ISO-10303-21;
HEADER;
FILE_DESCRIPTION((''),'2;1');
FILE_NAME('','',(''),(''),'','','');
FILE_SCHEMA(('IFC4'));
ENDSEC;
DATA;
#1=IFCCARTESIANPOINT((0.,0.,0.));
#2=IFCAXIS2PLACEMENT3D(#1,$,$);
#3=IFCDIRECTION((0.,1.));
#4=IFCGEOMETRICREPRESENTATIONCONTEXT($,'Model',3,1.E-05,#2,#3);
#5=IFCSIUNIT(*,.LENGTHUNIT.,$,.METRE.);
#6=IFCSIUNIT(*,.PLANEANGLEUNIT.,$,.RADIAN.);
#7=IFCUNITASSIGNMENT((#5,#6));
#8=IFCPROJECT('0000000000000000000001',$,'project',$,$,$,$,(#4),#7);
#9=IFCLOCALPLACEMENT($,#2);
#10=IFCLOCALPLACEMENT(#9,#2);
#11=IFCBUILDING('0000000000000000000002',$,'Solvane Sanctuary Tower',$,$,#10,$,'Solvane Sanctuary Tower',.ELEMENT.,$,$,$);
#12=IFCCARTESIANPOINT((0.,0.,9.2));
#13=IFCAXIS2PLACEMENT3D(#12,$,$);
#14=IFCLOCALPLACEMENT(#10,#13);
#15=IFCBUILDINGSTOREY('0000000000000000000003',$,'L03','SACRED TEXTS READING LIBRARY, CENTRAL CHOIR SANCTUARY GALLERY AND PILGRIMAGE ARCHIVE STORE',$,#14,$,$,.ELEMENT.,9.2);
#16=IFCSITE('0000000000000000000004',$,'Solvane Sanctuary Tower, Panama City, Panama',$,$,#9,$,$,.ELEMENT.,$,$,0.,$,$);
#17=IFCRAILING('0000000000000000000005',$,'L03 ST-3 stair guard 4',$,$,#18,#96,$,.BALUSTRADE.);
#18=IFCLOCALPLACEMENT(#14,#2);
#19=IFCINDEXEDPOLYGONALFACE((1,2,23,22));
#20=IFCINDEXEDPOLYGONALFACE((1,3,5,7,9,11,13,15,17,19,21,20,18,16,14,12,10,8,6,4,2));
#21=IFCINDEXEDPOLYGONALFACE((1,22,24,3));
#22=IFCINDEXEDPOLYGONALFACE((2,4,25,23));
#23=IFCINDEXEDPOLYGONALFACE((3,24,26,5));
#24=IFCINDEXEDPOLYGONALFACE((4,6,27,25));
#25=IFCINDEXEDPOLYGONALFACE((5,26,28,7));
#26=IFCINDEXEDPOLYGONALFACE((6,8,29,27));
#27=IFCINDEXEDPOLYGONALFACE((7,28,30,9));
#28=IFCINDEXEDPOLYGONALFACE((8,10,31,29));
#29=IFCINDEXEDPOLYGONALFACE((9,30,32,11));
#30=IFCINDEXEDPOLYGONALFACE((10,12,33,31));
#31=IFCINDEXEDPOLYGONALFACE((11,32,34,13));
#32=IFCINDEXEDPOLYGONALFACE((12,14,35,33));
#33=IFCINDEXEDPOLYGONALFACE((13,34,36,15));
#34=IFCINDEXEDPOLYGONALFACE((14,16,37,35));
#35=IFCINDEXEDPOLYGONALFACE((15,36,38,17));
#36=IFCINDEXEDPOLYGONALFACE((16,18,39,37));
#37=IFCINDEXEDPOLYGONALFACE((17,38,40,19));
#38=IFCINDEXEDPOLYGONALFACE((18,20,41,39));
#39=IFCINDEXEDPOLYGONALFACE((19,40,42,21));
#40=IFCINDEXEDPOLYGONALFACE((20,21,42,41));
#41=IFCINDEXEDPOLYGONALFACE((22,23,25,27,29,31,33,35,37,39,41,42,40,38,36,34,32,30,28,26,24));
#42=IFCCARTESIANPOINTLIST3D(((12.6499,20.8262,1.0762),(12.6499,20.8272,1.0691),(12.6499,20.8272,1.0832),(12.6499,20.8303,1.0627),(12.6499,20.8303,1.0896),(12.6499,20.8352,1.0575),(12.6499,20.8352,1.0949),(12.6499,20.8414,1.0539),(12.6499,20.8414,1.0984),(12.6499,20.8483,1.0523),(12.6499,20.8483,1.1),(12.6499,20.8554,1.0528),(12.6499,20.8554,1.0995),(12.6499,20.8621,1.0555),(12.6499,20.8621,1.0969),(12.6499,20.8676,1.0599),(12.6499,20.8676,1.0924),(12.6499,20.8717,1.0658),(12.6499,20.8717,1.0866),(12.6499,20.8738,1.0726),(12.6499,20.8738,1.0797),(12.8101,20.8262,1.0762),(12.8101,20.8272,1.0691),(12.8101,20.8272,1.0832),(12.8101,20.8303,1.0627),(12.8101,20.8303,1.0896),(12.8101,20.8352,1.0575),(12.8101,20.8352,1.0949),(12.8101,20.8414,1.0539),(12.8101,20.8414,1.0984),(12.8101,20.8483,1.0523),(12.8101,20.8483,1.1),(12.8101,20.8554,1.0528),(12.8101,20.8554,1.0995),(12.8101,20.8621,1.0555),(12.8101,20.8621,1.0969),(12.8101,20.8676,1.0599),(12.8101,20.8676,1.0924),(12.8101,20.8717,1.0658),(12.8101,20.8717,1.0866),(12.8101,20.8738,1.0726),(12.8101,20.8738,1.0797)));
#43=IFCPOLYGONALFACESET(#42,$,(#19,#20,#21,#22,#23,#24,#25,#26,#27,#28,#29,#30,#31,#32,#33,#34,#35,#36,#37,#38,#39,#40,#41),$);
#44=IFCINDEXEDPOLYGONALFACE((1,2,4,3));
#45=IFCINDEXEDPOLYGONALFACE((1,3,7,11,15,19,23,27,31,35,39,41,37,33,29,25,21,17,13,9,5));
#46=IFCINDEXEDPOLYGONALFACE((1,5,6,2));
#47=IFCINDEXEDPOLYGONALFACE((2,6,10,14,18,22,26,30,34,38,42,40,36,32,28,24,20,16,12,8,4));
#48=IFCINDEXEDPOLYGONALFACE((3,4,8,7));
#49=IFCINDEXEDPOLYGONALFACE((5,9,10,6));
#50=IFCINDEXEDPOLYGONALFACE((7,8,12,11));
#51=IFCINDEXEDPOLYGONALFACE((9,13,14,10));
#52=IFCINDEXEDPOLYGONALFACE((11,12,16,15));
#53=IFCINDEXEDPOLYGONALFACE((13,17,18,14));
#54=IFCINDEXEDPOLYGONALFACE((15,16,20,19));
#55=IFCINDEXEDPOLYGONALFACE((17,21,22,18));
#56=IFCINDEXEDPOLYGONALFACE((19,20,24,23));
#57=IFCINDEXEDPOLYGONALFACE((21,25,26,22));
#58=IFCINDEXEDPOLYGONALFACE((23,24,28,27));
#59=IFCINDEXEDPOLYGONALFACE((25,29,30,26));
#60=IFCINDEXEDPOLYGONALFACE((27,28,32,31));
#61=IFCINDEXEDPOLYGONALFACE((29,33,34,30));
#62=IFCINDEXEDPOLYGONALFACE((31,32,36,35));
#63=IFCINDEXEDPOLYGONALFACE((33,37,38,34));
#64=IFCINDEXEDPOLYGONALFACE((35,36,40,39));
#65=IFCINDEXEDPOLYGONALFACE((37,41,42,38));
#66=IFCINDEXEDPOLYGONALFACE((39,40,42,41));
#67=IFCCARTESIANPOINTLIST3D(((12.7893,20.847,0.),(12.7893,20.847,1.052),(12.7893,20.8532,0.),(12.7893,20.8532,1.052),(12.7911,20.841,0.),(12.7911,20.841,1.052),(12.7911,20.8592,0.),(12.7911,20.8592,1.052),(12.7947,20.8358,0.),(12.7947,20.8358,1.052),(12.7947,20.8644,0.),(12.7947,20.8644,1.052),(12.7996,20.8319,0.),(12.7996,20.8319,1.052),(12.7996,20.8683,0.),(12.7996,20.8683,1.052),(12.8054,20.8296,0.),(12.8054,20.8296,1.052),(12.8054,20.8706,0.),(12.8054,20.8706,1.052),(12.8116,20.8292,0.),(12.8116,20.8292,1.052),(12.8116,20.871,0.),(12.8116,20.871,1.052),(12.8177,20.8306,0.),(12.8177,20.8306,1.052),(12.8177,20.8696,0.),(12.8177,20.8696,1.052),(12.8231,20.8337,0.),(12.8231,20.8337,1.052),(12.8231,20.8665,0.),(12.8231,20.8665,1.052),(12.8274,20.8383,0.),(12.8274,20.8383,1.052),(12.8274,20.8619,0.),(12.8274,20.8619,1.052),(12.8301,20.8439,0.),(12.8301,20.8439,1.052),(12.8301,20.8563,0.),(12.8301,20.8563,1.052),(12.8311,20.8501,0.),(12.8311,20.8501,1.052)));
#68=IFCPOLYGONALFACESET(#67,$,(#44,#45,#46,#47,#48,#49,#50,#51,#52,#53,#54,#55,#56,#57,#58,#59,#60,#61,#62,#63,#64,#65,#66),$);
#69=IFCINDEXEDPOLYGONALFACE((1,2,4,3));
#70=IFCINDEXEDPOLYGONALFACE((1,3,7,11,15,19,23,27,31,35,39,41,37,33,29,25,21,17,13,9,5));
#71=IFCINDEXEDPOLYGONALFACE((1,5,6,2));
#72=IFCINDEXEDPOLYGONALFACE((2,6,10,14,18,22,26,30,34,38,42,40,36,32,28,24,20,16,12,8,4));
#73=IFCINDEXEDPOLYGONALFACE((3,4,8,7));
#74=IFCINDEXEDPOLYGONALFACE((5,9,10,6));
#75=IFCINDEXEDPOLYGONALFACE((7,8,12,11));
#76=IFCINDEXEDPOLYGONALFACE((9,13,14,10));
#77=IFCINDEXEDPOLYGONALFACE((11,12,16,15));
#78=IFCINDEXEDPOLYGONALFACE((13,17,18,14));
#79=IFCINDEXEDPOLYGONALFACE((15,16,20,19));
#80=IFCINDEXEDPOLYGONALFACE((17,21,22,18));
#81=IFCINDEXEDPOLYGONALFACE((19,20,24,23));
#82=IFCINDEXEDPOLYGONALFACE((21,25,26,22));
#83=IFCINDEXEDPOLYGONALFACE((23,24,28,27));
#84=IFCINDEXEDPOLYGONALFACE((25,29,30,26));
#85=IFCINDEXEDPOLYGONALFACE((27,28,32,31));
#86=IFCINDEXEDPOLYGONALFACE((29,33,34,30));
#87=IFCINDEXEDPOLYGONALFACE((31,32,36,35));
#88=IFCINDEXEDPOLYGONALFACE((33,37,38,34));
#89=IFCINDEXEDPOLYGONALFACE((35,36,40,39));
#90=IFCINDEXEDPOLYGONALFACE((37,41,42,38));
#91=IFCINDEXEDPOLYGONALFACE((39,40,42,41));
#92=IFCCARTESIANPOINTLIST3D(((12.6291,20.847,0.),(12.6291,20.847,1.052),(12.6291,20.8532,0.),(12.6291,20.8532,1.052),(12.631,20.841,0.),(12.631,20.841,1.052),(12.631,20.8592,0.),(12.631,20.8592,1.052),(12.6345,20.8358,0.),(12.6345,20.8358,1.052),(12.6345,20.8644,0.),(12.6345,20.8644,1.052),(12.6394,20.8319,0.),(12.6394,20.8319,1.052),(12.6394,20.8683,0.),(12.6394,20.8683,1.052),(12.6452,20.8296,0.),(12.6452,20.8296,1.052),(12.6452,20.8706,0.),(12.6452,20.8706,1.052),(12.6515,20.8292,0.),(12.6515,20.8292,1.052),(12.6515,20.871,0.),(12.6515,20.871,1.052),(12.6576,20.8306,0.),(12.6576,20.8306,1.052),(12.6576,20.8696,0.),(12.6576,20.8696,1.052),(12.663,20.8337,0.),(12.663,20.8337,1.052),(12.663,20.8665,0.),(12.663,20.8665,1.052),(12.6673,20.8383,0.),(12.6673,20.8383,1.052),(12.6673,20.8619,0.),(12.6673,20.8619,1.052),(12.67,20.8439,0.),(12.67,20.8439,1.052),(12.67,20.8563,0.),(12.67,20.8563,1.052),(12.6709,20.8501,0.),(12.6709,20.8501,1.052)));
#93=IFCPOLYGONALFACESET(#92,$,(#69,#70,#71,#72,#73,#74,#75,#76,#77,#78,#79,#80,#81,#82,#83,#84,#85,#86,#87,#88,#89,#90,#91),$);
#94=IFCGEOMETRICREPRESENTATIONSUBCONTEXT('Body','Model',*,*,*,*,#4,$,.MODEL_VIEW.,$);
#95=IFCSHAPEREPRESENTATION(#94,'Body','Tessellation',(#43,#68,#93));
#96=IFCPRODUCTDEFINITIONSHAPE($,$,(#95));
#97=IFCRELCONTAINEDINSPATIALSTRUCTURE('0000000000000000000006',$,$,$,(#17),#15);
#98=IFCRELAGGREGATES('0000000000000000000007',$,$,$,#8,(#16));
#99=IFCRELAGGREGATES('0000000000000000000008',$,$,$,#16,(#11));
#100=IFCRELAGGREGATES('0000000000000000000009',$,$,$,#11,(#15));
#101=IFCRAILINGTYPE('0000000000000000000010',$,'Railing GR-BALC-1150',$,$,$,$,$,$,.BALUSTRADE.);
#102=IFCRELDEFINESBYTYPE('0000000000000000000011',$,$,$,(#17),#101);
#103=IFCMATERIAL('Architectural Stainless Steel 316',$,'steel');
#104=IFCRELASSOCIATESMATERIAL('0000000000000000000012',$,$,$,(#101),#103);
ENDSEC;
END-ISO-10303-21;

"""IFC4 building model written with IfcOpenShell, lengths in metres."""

from ifc_helpers import new_model, si_unit, direction, frame, origin, origin_2d, place, context, subcontext, project, spatial, circle, extrude, material, type_object, element, save


model = new_model("IFC4")

# Units and contexts
model_context = context("Model", 3, precision=1e-05, world=origin(), true_north=direction((0.0, 1.0)))
body_context = subcontext(model_context, "Body", "Model", "MODEL_VIEW")
ifc_project = project(units=[si_unit("LENGTHUNIT", "METRE"), si_unit("PLANEANGLEUNIT", "RADIAN")], contexts=[model_context])

# Site, building, storey
site_placement = place(None, origin())
site = spatial("IfcSite", under=ifc_project, at=site_placement, Name="Solvane Sanctuary Tower, Panama City, Panama", CompositionType="ELEMENT", RefElevation=0.0)
building_placement = place(site_placement, origin())
building = spatial("IfcBuilding", under=site, at=building_placement, Name="Solvane Sanctuary Tower", LongName="Solvane Sanctuary Tower", CompositionType="ELEMENT")
storey_placement = place(building_placement, frame((0.0, 0.0, 9.2)))
storey = spatial("IfcBuildingStorey", under=building, at=storey_placement, Name="L03", Description="SACRED TEXTS READING LIBRARY, CENTRAL CHOIR SANCTUARY GALLERY AND PILGRIMAGE ARCHIVE STORE", CompositionType="ELEMENT", Elevation=9.2)

# Railing
ifc_material_1 = material(Name="Architectural Stainless Steel 316", Category="steel")
railing_type_1 = type_object("IfcRailingType", Name="Railing GR-BALC-1150", PredefinedType="BALUSTRADE", material=ifc_material_1)
railing_1_placement = place(storey_placement, frame((12.8101, 20.8501, 0.0)))
element("IfcRailing", 1, at=railing_1_placement, inside=storey, type_object=railing_type_1, Name="L03 ST-3 stair guard 4", PredefinedType="BALUSTRADE", context=body_context, shape_type="SweptSolid", body=[
    extrude(circle(Radius=0.0239, at=origin_2d()), frame((0.0, 0.0, 1.0762), z_axis=(-1.0, 0.0, 0.0), x_axis=(0.0, -1.0, 0.0)), (0.0, 0.0, 1.0), 0.1602),
    extrude(circle(Radius=0.021, at=origin_2d()), origin(), (0.0, 0.0, 1.0), 1.052),
    extrude(circle(Radius=0.021, at=origin_2d()), frame((-0.1602, 0.0, 0.0)), (0.0, 0.0, 1.0), 1.052),
])

save(model, "model.ifc")
